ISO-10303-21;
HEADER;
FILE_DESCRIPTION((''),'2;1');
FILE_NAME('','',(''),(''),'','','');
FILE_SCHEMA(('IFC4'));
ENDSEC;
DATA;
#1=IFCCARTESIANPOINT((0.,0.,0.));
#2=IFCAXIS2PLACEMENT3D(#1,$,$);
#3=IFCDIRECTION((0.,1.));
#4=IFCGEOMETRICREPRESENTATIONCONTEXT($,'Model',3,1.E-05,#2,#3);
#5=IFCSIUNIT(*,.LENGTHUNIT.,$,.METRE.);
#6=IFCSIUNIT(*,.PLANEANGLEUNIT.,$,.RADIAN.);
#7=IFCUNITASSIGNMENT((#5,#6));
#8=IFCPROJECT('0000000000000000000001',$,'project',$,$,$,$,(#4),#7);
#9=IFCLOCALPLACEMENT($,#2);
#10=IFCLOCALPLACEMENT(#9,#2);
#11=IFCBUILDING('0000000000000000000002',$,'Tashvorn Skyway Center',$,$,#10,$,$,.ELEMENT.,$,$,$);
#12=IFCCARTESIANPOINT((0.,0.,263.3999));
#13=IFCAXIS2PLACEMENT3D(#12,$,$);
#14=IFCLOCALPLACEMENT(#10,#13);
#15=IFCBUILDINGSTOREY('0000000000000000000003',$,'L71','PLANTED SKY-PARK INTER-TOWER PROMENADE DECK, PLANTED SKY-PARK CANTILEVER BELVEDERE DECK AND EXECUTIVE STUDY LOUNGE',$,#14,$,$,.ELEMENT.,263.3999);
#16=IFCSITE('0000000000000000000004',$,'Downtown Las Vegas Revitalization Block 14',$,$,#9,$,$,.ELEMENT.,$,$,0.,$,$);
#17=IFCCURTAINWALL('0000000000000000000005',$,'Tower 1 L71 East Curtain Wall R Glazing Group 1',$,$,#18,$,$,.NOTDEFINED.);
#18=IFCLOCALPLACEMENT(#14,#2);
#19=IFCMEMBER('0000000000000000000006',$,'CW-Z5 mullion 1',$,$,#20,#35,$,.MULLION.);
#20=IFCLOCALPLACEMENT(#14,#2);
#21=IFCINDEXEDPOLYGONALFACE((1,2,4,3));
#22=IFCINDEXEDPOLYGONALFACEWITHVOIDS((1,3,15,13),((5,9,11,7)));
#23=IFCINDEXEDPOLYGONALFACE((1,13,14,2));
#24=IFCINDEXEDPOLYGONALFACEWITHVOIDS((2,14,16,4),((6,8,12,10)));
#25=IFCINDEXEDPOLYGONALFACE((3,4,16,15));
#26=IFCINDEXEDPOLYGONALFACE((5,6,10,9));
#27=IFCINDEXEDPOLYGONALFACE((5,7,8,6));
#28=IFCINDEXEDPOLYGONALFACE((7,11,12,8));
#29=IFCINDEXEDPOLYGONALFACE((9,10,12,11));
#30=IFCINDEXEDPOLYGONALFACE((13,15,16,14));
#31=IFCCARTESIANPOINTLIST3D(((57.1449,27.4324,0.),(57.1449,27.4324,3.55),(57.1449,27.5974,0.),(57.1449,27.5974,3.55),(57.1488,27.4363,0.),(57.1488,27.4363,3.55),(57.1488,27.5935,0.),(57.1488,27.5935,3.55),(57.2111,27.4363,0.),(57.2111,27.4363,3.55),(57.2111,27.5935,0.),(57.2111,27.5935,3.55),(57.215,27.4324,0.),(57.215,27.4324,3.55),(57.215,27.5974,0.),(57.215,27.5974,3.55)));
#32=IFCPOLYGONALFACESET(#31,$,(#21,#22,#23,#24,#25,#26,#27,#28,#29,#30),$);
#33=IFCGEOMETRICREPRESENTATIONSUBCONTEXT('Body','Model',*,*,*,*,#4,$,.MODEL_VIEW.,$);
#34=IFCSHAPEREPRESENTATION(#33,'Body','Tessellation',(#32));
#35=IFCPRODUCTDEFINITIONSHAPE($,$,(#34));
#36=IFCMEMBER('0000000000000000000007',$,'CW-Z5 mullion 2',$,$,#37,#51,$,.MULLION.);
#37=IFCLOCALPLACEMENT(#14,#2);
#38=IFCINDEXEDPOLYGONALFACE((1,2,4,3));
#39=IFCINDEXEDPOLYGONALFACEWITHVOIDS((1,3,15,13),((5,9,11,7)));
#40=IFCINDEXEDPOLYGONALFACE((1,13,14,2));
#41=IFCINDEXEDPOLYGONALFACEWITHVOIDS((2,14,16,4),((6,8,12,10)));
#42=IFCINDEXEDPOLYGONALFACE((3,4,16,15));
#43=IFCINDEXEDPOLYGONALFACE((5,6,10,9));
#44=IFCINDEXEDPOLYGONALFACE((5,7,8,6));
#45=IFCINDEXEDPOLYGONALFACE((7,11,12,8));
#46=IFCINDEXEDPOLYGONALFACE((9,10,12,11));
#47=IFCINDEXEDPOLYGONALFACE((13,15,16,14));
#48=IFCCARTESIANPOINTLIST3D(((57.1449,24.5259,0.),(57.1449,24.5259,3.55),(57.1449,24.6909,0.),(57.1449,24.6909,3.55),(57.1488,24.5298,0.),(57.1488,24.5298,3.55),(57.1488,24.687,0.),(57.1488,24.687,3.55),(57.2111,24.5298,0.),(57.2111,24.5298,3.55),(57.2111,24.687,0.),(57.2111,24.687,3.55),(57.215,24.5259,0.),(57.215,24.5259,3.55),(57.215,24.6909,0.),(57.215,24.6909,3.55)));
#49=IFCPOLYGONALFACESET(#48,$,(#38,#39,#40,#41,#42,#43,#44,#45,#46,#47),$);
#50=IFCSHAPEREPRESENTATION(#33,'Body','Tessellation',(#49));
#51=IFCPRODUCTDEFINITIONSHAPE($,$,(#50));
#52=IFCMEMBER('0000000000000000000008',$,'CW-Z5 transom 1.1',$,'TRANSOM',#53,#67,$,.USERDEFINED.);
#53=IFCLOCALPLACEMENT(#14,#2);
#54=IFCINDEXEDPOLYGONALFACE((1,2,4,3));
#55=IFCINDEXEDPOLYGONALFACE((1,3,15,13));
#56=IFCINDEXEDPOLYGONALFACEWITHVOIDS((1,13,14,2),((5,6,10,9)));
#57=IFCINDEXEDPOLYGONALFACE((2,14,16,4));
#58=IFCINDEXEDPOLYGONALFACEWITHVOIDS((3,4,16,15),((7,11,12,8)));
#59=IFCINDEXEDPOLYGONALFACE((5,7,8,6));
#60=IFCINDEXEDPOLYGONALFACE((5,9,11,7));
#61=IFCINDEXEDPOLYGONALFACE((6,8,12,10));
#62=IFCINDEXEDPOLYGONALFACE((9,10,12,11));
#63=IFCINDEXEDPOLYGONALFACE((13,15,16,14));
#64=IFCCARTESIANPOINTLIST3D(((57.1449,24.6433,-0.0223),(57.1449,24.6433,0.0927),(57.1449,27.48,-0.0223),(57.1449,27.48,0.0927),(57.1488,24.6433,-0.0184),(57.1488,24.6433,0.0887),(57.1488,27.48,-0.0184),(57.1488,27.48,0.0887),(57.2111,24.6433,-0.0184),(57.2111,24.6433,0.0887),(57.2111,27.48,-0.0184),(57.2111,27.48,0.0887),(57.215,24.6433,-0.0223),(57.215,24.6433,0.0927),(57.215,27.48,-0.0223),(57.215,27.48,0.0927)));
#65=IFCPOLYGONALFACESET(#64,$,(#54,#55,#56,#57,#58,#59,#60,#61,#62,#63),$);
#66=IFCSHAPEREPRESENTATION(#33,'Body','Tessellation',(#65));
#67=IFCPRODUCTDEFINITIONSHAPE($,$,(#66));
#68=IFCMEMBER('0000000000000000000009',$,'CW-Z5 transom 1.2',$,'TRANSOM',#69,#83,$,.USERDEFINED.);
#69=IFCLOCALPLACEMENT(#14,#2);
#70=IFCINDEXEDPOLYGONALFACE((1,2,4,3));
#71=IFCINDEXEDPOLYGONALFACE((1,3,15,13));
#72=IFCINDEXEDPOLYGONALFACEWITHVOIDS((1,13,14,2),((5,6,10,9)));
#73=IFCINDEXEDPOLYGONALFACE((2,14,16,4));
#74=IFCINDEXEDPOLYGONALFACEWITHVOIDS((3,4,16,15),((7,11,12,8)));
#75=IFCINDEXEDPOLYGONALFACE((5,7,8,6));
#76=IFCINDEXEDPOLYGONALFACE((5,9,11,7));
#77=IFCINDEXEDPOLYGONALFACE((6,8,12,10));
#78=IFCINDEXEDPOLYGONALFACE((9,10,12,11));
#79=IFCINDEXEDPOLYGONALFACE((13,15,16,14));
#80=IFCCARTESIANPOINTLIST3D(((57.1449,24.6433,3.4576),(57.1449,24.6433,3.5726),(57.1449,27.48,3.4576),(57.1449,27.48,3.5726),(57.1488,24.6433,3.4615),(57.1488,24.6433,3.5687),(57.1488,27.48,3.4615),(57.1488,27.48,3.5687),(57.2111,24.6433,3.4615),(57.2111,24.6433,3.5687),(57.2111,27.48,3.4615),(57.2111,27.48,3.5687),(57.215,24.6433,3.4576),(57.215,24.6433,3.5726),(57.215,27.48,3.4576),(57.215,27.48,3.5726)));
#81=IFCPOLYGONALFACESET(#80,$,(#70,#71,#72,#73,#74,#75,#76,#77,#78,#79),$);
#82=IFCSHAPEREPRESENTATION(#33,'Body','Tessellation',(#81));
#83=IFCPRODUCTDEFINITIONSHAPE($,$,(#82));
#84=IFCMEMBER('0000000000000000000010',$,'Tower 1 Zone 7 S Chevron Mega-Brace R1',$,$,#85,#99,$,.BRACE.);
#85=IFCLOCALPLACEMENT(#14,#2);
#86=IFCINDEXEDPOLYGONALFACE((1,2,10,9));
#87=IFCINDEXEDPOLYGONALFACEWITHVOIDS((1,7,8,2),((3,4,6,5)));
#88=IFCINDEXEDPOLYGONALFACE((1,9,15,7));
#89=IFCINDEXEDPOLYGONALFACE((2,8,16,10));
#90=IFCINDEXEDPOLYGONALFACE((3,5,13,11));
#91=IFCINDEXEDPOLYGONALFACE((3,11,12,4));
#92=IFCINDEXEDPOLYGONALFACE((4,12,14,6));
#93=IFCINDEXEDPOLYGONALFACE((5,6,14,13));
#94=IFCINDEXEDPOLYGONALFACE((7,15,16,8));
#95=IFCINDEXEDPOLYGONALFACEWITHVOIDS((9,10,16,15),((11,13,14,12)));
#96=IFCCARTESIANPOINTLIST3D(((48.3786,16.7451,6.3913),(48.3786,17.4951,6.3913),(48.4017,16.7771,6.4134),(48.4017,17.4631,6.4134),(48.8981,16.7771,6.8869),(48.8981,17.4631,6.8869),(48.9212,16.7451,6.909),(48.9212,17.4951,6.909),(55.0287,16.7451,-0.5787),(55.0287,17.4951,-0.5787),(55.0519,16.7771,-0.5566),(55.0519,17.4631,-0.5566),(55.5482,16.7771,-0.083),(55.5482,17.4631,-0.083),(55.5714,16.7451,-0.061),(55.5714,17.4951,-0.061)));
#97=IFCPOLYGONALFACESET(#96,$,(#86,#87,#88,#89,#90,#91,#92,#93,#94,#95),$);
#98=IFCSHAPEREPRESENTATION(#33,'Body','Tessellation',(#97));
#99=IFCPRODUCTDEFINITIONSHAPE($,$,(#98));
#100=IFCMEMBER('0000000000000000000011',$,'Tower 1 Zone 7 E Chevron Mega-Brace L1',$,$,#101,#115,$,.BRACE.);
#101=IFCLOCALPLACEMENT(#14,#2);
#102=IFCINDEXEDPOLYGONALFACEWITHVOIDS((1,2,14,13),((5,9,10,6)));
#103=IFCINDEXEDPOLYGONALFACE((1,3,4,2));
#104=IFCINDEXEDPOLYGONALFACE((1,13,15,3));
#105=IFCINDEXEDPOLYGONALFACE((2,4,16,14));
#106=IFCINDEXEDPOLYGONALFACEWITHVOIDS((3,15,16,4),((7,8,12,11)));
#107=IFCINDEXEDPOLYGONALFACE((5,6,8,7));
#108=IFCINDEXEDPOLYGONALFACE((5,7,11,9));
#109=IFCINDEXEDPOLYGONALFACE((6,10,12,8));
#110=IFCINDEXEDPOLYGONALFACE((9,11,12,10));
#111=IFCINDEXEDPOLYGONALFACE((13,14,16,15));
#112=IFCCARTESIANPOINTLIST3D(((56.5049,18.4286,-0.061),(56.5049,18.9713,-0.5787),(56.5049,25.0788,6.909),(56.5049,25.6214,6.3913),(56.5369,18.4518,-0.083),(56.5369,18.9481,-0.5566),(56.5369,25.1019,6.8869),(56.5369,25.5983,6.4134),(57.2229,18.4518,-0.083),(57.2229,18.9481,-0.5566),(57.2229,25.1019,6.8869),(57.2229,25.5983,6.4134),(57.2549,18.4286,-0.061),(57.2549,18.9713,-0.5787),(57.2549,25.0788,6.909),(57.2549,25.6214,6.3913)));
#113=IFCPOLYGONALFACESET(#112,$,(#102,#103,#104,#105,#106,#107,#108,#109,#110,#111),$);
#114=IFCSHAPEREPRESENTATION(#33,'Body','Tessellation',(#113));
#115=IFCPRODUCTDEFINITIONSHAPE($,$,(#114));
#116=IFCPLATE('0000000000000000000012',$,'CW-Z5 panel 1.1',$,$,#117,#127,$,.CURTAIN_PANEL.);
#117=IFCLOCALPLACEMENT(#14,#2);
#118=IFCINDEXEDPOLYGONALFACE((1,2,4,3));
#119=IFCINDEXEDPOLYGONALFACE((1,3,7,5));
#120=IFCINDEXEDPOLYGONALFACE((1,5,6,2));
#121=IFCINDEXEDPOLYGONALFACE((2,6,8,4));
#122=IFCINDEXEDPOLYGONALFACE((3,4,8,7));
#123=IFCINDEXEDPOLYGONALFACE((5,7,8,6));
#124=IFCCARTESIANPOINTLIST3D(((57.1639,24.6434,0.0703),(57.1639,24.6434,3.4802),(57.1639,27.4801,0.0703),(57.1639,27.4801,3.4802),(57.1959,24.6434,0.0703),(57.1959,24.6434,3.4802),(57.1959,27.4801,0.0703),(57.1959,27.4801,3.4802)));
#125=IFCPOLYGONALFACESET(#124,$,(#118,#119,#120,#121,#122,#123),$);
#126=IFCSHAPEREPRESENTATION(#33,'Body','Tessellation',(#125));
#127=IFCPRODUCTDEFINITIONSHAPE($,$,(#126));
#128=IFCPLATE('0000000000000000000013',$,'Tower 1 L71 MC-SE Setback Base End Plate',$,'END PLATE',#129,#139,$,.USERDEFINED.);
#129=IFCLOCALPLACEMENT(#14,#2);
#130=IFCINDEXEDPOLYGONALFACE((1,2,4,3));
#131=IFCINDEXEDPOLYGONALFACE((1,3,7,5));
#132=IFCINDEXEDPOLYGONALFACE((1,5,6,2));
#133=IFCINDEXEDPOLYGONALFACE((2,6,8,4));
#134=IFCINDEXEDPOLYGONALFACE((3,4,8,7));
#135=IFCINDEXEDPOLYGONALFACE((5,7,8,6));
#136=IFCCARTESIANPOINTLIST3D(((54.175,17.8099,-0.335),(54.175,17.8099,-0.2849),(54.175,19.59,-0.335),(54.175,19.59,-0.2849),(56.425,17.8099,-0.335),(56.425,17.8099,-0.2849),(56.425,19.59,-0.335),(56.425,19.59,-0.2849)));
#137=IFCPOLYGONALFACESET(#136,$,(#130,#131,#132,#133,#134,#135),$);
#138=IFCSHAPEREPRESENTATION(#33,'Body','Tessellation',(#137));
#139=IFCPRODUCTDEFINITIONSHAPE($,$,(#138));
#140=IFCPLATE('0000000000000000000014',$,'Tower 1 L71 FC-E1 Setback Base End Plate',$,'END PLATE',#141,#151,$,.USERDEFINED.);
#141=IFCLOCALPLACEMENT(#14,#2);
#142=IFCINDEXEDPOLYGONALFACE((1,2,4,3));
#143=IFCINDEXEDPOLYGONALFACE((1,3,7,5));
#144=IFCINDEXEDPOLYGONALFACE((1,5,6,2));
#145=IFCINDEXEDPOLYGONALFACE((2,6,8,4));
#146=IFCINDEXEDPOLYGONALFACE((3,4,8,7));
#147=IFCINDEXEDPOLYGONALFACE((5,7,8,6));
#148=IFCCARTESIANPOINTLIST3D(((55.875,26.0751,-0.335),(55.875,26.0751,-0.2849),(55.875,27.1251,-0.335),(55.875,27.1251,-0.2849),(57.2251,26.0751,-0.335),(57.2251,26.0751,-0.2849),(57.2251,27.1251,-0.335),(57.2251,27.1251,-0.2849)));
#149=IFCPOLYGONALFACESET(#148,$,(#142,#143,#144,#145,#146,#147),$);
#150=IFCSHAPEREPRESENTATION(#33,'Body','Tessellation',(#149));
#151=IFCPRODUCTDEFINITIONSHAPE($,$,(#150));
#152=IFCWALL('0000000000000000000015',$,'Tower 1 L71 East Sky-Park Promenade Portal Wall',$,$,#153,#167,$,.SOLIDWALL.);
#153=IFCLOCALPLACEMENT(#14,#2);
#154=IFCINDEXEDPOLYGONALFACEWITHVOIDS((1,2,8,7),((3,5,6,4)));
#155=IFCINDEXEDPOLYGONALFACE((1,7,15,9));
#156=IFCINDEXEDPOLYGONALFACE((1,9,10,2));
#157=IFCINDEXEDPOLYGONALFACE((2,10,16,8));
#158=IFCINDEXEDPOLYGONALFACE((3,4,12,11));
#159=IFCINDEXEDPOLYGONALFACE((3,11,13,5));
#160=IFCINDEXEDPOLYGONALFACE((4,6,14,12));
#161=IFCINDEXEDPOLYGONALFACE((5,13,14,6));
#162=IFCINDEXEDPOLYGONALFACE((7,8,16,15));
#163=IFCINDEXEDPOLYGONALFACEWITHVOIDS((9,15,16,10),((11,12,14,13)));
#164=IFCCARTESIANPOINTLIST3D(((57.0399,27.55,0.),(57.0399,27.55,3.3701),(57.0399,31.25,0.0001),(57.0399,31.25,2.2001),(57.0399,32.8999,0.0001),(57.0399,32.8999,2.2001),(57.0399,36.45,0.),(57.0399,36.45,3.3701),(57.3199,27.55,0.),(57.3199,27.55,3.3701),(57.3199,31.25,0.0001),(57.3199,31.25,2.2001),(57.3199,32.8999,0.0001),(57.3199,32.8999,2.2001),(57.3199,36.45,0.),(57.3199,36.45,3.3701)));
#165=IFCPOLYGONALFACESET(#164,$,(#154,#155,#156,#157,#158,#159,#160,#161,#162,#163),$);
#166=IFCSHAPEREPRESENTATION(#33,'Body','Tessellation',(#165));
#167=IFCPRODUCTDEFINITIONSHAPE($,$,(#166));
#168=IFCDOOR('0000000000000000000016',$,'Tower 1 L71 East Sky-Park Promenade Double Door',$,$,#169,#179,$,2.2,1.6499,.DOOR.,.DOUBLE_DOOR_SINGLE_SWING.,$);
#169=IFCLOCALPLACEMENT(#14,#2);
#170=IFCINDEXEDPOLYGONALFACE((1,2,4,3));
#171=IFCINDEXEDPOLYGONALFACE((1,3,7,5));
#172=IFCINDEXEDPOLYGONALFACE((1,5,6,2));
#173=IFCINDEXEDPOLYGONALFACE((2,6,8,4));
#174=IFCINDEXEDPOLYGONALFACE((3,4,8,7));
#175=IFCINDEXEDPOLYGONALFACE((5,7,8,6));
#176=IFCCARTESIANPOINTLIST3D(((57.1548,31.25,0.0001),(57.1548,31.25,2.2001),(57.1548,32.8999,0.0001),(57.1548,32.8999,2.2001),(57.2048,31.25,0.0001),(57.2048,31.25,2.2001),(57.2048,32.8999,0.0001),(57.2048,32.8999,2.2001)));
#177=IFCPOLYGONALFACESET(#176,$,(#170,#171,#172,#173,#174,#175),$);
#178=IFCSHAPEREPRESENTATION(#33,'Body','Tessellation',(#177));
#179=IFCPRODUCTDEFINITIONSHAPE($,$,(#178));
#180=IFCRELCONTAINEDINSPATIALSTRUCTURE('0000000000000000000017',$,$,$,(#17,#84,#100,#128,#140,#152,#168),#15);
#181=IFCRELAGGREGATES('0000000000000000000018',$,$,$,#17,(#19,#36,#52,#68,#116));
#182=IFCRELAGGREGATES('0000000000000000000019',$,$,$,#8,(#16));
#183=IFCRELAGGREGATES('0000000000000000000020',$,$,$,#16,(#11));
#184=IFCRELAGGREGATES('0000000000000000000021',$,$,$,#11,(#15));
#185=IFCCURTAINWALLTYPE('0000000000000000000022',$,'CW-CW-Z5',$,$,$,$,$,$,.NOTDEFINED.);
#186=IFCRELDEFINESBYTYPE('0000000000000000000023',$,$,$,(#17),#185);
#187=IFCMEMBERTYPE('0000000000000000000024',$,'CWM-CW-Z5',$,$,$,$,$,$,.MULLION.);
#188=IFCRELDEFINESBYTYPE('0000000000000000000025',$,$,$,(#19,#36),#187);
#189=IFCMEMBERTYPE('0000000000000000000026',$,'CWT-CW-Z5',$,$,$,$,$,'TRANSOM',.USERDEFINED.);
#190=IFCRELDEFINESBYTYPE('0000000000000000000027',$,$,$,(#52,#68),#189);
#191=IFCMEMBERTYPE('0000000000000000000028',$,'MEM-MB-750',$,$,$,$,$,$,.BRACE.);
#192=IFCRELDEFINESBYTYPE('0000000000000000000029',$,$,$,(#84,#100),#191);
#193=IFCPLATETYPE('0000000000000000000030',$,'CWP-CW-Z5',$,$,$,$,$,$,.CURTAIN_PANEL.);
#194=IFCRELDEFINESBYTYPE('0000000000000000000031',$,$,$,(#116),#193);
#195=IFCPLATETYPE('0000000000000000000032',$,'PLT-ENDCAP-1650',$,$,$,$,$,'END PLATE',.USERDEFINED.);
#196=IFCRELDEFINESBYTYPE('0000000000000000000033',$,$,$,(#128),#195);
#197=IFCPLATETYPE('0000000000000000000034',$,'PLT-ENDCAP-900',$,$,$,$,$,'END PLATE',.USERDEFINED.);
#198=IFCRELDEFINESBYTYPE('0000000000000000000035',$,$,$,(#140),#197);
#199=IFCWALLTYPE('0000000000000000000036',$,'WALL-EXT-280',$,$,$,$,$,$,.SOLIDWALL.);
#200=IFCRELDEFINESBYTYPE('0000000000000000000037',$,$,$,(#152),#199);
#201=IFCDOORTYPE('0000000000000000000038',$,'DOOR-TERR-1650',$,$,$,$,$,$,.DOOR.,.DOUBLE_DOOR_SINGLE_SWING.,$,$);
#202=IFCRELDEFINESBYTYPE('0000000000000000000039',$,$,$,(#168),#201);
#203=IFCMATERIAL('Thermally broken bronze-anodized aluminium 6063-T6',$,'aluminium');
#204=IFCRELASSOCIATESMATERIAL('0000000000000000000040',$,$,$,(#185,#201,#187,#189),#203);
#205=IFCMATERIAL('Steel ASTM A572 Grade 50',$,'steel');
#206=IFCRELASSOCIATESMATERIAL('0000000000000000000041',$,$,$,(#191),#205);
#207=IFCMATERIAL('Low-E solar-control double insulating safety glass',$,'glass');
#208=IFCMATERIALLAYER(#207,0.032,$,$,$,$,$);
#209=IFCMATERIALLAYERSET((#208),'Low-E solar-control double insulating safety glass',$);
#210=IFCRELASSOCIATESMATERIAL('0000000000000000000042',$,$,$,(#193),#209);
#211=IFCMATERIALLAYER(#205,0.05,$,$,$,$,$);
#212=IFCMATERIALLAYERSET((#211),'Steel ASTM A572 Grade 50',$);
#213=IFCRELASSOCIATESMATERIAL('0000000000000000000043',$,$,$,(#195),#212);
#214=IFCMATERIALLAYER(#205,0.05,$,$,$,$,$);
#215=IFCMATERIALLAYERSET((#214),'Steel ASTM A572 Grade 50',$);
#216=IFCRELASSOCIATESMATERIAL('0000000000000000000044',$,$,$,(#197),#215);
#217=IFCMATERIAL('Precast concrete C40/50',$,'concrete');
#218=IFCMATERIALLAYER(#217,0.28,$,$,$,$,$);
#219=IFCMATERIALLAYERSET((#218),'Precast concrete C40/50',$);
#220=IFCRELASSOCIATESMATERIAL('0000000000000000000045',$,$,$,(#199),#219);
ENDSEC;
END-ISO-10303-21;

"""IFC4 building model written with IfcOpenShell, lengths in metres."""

from ifc_helpers import new_model, si_unit, direction, frame, frame_2d, origin, origin_2d, place, context, subcontext, project, spatial, rectangle, hollow_rectangle, extrude, material, layer, layer_set, material_profile, profile_set, type_object, element, fill, aggregate, save


model = new_model("IFC4")

# Units and contexts
model_context = context("Model", 3, precision=1e-05, world=origin(), true_north=direction((0.0, 1.0)))
body_context = subcontext(model_context, "Body", "Model", "MODEL_VIEW")
ifc_project = project(units=[si_unit("LENGTHUNIT", "METRE"), si_unit("PLANEANGLEUNIT", "RADIAN")], contexts=[model_context])

# Site, building, storey
site_placement = place(None, origin())
site = spatial("IfcSite", under=ifc_project, at=site_placement, Name="Downtown Las Vegas Revitalization Block 14", CompositionType="ELEMENT", RefElevation=0.0)
building_placement = place(site_placement, origin())
building = spatial("IfcBuilding", under=site, at=building_placement, Name="Tashvorn Skyway Center", CompositionType="ELEMENT")
storey_placement = place(building_placement, frame((0.0, 0.0, 263.3999)))
storey = spatial("IfcBuildingStorey", under=building, at=storey_placement, Name="L71", Description="PLANTED SKY-PARK INTER-TOWER PROMENADE DECK, PLANTED SKY-PARK CANTILEVER BELVEDERE DECK AND EXECUTIVE STUDY LOUNGE", CompositionType="ELEMENT", Elevation=263.3999)

# Shared definitions
ifc_material_1 = material(Name="Steel ASTM A572 Grade 50", Category="steel")

# Curtain wall, members
ifc_material_2 = material(Name="Thermally broken bronze-anodized aluminium 6063-T6", Category="aluminium")
curtain_wall_type = type_object("IfcCurtainWallType", Name="CW-CW-Z5", PredefinedType="NOTDEFINED", material=ifc_material_2)
curtain_wall_placement = place(storey_placement, origin())
curtain_wall = element("IfcCurtainWall", 1, at=curtain_wall_placement, inside=storey, type_object=curtain_wall_type, Name="Tower 1 L71 East Curtain Wall R Glazing Group 1", PredefinedType="NOTDEFINED")
ifc_material_profile_1 = material_profile(ifc_material_2, hollow_rectangle(XDim=0.0701, YDim=0.165, WallThickness=0.0039, at=origin_2d()), Name="ALU-MULL-70x165")
ifc_profile_set_1 = profile_set([ifc_material_profile_1], Name="Thermally broken bronze-anodized aluminium 6063-T6")
member_type_1 = type_object("IfcMemberType", Name="CWM-CW-Z5", PredefinedType="MULLION", material=ifc_profile_set_1)
member_1_placement = place(storey_placement, frame((57.1799, 27.5149, 0.0), z_axis=(0.0, 0.0, 1.0), x_axis=(1.0, 0.0, 0.0)))
member_1 = element("IfcMember", 2, at=member_1_placement, type_object=member_type_1, Name="CW-Z5 mullion 1", PredefinedType="MULLION", context=body_context, shape_type="SweptSolid", body=[
    extrude(hollow_rectangle(XDim=0.0701, YDim=0.165, WallThickness=0.0039, at=origin_2d()), origin(), (0.0, 0.0, 1.0), 3.55),
])
member_2_placement = place(storey_placement, frame((57.1799, 24.6084, 0.0), z_axis=(0.0, 0.0, 1.0), x_axis=(1.0, 0.0, 0.0)))
member_2 = element("IfcMember", 3, at=member_2_placement, type_object=member_type_1, Name="CW-Z5 mullion 2", PredefinedType="MULLION", context=body_context, shape_type="SweptSolid", body=[
    extrude(hollow_rectangle(XDim=0.0701, YDim=0.165, WallThickness=0.0039, at=origin_2d()), origin(), (0.0, 0.0, 1.0), 3.55),
])
ifc_material_profile_2 = material_profile(ifc_material_2, hollow_rectangle(XDim=0.0701, YDim=0.115, WallThickness=0.0039, at=origin_2d()), Name="ALU-TRAN-70x115")
ifc_profile_set_2 = profile_set([ifc_material_profile_2], Name="Thermally broken bronze-anodized aluminium 6063-T6")
member_type_2 = type_object("IfcMemberType", Name="CWT-CW-Z5", ElementType="TRANSOM", PredefinedType="USERDEFINED", material=ifc_profile_set_2)
member_3_placement = place(storey_placement, frame((57.1799, 27.48, 0.0352), z_axis=(0.0, -1.0, 0.0), x_axis=(1.0, 0.0, 0.0)))
member_3 = element("IfcMember", 4, at=member_3_placement, type_object=member_type_2, Name="CW-Z5 transom 1.1", ObjectType="TRANSOM", PredefinedType="USERDEFINED", context=body_context, shape_type="SweptSolid", body=[
    extrude(hollow_rectangle(XDim=0.0701, YDim=0.115, WallThickness=0.0039, at=origin_2d()), origin(), (0.0, 0.0, 1.0), 2.8367),
])
member_4_placement = place(storey_placement, frame((57.1799, 27.48, 3.5151), z_axis=(0.0, -1.0, 0.0), x_axis=(1.0, 0.0, 0.0)))
member_4 = element("IfcMember", 5, at=member_4_placement, type_object=member_type_2, Name="CW-Z5 transom 1.2", ObjectType="TRANSOM", PredefinedType="USERDEFINED", context=body_context, shape_type="SweptSolid", body=[
    extrude(hollow_rectangle(XDim=0.0701, YDim=0.115, WallThickness=0.0039, at=origin_2d()), origin(), (0.0, 0.0, 1.0), 2.8367),
])

# Members
ifc_material_profile_3 = material_profile(ifc_material_1, hollow_rectangle(XDim=0.75, YDim=0.75, WallThickness=0.032, at=origin_2d()), Name="BOX750x750x32")
ifc_profile_set_3 = profile_set([ifc_material_profile_3], Name="Steel ASTM A572 Grade 50")
member_type_3 = type_object("IfcMemberType", Name="MEM-MB-750", PredefinedType="BRACE", material=ifc_profile_set_3)
for number, where, z_axis, x_axis, name in (
    (6, (55.3, 17.1201, -0.3198), (-0.690312, 0.0, 0.723511), (0.0, -1.0, 0.0), "Tower 1 Zone 7 S Chevron Mega-Brace R1"),
    (7, (56.8799, 18.7, -0.3198), (0.0, 0.690312, 0.723511), (-1.0, 0.0, 0.0), "Tower 1 Zone 7 E Chevron Mega-Brace L1"),
):
    element("IfcMember", number, at=place(storey_placement, frame(where, z_axis=z_axis, x_axis=x_axis)), inside=storey, type_object=member_type_3, Name=name, PredefinedType="BRACE", context=body_context, shape_type="SweptSolid", body=[
        extrude(hollow_rectangle(XDim=0.75, YDim=0.75, WallThickness=0.032, at=origin_2d()), origin(), (0.0, 0.0, 1.0), 9.6335),
    ])

# Plate
ifc_material_3 = material(Name="Low-E solar-control double insulating safety glass", Category="glass")
ifc_layer_1 = layer(ifc_material_3, 0.032)
ifc_layer_set_1 = layer_set([ifc_layer_1], Name="Low-E solar-control double insulating safety glass")
plate_type_1 = type_object("IfcPlateType", Name="CWP-CW-Z5", PredefinedType="CURTAIN_PANEL", material=ifc_layer_set_1)
plate_1_placement = place(storey_placement, frame((57.1799, 26.0618, 0.0703), z_axis=(0.0, 0.0, 1.0), x_axis=(0.0, -1.0, 0.0)))
plate_1 = element("IfcPlate", 8, at=plate_1_placement, type_object=plate_type_1, Name="CW-Z5 panel 1.1", PredefinedType="CURTAIN_PANEL", context=body_context, shape_type="SweptSolid", body=[
    extrude(rectangle(XDim=2.8367, YDim=0.032, at=origin_2d()), origin(), (0.0, 0.0, 1.0), 3.4099),
])
aggregate(curtain_wall, [member_1, member_2, member_3, member_4, plate_1])

# Plates
ifc_layer_2 = layer(ifc_material_1, 0.05)
ifc_layer_set_2 = layer_set([ifc_layer_2], Name="Steel ASTM A572 Grade 50")
plate_type_2 = type_object("IfcPlateType", Name="PLT-ENDCAP-1650", ElementType="END PLATE", PredefinedType="USERDEFINED", material=ifc_layer_set_2)
plate_2_placement = place(storey_placement, frame((55.3, 18.7, -0.335), z_axis=(0.0, 0.0, 1.0), x_axis=(1.0, 0.0, 0.0)))
element("IfcPlate", 9, at=plate_2_placement, inside=storey, type_object=plate_type_2, Name="Tower 1 L71 MC-SE Setback Base End Plate", ObjectType="END PLATE", PredefinedType="USERDEFINED", context=body_context, shape_type="SweptSolid", body=[
    extrude(rectangle(XDim=2.25, YDim=1.78, at=origin_2d()), origin(), (0.0, 0.0, 1.0), 0.05),
])
ifc_layer_3 = layer(ifc_material_1, 0.05)
ifc_layer_set_3 = layer_set([ifc_layer_3], Name="Steel ASTM A572 Grade 50")
plate_type_3 = type_object("IfcPlateType", Name="PLT-ENDCAP-900", ElementType="END PLATE", PredefinedType="USERDEFINED", material=ifc_layer_set_3)
plate_3_placement = place(storey_placement, frame((56.55, 26.6001, -0.335), z_axis=(0.0, 0.0, 1.0), x_axis=(1.0, 0.0, 0.0)))
element("IfcPlate", 10, at=plate_3_placement, inside=storey, type_object=plate_type_3, Name="Tower 1 L71 FC-E1 Setback Base End Plate", ObjectType="END PLATE", PredefinedType="USERDEFINED", context=body_context, shape_type="SweptSolid", body=[
    extrude(rectangle(XDim=1.3501, YDim=1.05, at=origin_2d()), origin(), (0.0, 0.0, 1.0), 0.05),
])

# Wall, opening, door
ifc_material_4 = material(Name="Precast concrete C40/50", Category="concrete")
ifc_layer_4 = layer(ifc_material_4, 0.28)
ifc_layer_set_4 = layer_set([ifc_layer_4], Name="Precast concrete C40/50")
wall_type_1 = type_object("IfcWallType", Name="WALL-EXT-280", PredefinedType="SOLIDWALL", material=ifc_layer_set_4)
wall_1_placement = place(storey_placement, frame((57.1799, 36.45, 0.0), z_axis=(0.0, 0.0, 1.0), x_axis=(0.0, -1.0, 0.0)))
wall_1 = element("IfcWall", 11, at=wall_1_placement, inside=storey, type_object=wall_type_1, Name="Tower 1 L71 East Sky-Park Promenade Portal Wall", PredefinedType="SOLIDWALL", context=body_context, shape_type="SweptSolid", body=[
    extrude(rectangle(XDim=8.8999, YDim=0.28, at=frame_2d((4.45, 0.0))), origin(), (0.0, 0.0, 1.0), 3.3701),
])
opening_1_placement = place(wall_1_placement, frame((3.55, 0.0, 0.0)))
opening_1 = element("IfcOpeningElement", 12, at=opening_1_placement, cuts=wall_1, PredefinedType="OPENING", context=body_context, shape_type="SweptSolid", body=[
    extrude(rectangle(XDim=1.6499, YDim=2.2, at=frame_2d((0.825, 1.1001))), frame((0.0, 0.1499, 0.0), z_axis=(0.0, -1.0, 0.0), x_axis=(1.0, 0.0, 0.0)), (0.0, 0.0, 1.0), 0.3),
])
door_type_1 = type_object("IfcDoorType", Name="DOOR-TERR-1650", OperationType="DOUBLE_DOOR_SINGLE_SWING", PredefinedType="DOOR", material=ifc_material_2)
door_1_placement = place(opening_1_placement, origin())
door_1 = element("IfcDoor", 13, at=door_1_placement, inside=storey, type_object=door_type_1, Name="Tower 1 L71 East Sky-Park Promenade Double Door", OperationType="DOUBLE_DOOR_SINGLE_SWING", OverallHeight=2.2, OverallWidth=1.6499, PredefinedType="DOOR", context=body_context, shape_type="SweptSolid", body=[
    extrude(rectangle(XDim=1.6499, YDim=2.2, at=frame_2d((0.825, 1.1001))), frame((0.0, 0.0249, 0.0), z_axis=(0.0, -1.0, 0.0), x_axis=(1.0, 0.0, 0.0)), (0.0, 0.0, 1.0), 0.05),
])
fill(opening_1, door_1)

save(model, "model.ifc")
